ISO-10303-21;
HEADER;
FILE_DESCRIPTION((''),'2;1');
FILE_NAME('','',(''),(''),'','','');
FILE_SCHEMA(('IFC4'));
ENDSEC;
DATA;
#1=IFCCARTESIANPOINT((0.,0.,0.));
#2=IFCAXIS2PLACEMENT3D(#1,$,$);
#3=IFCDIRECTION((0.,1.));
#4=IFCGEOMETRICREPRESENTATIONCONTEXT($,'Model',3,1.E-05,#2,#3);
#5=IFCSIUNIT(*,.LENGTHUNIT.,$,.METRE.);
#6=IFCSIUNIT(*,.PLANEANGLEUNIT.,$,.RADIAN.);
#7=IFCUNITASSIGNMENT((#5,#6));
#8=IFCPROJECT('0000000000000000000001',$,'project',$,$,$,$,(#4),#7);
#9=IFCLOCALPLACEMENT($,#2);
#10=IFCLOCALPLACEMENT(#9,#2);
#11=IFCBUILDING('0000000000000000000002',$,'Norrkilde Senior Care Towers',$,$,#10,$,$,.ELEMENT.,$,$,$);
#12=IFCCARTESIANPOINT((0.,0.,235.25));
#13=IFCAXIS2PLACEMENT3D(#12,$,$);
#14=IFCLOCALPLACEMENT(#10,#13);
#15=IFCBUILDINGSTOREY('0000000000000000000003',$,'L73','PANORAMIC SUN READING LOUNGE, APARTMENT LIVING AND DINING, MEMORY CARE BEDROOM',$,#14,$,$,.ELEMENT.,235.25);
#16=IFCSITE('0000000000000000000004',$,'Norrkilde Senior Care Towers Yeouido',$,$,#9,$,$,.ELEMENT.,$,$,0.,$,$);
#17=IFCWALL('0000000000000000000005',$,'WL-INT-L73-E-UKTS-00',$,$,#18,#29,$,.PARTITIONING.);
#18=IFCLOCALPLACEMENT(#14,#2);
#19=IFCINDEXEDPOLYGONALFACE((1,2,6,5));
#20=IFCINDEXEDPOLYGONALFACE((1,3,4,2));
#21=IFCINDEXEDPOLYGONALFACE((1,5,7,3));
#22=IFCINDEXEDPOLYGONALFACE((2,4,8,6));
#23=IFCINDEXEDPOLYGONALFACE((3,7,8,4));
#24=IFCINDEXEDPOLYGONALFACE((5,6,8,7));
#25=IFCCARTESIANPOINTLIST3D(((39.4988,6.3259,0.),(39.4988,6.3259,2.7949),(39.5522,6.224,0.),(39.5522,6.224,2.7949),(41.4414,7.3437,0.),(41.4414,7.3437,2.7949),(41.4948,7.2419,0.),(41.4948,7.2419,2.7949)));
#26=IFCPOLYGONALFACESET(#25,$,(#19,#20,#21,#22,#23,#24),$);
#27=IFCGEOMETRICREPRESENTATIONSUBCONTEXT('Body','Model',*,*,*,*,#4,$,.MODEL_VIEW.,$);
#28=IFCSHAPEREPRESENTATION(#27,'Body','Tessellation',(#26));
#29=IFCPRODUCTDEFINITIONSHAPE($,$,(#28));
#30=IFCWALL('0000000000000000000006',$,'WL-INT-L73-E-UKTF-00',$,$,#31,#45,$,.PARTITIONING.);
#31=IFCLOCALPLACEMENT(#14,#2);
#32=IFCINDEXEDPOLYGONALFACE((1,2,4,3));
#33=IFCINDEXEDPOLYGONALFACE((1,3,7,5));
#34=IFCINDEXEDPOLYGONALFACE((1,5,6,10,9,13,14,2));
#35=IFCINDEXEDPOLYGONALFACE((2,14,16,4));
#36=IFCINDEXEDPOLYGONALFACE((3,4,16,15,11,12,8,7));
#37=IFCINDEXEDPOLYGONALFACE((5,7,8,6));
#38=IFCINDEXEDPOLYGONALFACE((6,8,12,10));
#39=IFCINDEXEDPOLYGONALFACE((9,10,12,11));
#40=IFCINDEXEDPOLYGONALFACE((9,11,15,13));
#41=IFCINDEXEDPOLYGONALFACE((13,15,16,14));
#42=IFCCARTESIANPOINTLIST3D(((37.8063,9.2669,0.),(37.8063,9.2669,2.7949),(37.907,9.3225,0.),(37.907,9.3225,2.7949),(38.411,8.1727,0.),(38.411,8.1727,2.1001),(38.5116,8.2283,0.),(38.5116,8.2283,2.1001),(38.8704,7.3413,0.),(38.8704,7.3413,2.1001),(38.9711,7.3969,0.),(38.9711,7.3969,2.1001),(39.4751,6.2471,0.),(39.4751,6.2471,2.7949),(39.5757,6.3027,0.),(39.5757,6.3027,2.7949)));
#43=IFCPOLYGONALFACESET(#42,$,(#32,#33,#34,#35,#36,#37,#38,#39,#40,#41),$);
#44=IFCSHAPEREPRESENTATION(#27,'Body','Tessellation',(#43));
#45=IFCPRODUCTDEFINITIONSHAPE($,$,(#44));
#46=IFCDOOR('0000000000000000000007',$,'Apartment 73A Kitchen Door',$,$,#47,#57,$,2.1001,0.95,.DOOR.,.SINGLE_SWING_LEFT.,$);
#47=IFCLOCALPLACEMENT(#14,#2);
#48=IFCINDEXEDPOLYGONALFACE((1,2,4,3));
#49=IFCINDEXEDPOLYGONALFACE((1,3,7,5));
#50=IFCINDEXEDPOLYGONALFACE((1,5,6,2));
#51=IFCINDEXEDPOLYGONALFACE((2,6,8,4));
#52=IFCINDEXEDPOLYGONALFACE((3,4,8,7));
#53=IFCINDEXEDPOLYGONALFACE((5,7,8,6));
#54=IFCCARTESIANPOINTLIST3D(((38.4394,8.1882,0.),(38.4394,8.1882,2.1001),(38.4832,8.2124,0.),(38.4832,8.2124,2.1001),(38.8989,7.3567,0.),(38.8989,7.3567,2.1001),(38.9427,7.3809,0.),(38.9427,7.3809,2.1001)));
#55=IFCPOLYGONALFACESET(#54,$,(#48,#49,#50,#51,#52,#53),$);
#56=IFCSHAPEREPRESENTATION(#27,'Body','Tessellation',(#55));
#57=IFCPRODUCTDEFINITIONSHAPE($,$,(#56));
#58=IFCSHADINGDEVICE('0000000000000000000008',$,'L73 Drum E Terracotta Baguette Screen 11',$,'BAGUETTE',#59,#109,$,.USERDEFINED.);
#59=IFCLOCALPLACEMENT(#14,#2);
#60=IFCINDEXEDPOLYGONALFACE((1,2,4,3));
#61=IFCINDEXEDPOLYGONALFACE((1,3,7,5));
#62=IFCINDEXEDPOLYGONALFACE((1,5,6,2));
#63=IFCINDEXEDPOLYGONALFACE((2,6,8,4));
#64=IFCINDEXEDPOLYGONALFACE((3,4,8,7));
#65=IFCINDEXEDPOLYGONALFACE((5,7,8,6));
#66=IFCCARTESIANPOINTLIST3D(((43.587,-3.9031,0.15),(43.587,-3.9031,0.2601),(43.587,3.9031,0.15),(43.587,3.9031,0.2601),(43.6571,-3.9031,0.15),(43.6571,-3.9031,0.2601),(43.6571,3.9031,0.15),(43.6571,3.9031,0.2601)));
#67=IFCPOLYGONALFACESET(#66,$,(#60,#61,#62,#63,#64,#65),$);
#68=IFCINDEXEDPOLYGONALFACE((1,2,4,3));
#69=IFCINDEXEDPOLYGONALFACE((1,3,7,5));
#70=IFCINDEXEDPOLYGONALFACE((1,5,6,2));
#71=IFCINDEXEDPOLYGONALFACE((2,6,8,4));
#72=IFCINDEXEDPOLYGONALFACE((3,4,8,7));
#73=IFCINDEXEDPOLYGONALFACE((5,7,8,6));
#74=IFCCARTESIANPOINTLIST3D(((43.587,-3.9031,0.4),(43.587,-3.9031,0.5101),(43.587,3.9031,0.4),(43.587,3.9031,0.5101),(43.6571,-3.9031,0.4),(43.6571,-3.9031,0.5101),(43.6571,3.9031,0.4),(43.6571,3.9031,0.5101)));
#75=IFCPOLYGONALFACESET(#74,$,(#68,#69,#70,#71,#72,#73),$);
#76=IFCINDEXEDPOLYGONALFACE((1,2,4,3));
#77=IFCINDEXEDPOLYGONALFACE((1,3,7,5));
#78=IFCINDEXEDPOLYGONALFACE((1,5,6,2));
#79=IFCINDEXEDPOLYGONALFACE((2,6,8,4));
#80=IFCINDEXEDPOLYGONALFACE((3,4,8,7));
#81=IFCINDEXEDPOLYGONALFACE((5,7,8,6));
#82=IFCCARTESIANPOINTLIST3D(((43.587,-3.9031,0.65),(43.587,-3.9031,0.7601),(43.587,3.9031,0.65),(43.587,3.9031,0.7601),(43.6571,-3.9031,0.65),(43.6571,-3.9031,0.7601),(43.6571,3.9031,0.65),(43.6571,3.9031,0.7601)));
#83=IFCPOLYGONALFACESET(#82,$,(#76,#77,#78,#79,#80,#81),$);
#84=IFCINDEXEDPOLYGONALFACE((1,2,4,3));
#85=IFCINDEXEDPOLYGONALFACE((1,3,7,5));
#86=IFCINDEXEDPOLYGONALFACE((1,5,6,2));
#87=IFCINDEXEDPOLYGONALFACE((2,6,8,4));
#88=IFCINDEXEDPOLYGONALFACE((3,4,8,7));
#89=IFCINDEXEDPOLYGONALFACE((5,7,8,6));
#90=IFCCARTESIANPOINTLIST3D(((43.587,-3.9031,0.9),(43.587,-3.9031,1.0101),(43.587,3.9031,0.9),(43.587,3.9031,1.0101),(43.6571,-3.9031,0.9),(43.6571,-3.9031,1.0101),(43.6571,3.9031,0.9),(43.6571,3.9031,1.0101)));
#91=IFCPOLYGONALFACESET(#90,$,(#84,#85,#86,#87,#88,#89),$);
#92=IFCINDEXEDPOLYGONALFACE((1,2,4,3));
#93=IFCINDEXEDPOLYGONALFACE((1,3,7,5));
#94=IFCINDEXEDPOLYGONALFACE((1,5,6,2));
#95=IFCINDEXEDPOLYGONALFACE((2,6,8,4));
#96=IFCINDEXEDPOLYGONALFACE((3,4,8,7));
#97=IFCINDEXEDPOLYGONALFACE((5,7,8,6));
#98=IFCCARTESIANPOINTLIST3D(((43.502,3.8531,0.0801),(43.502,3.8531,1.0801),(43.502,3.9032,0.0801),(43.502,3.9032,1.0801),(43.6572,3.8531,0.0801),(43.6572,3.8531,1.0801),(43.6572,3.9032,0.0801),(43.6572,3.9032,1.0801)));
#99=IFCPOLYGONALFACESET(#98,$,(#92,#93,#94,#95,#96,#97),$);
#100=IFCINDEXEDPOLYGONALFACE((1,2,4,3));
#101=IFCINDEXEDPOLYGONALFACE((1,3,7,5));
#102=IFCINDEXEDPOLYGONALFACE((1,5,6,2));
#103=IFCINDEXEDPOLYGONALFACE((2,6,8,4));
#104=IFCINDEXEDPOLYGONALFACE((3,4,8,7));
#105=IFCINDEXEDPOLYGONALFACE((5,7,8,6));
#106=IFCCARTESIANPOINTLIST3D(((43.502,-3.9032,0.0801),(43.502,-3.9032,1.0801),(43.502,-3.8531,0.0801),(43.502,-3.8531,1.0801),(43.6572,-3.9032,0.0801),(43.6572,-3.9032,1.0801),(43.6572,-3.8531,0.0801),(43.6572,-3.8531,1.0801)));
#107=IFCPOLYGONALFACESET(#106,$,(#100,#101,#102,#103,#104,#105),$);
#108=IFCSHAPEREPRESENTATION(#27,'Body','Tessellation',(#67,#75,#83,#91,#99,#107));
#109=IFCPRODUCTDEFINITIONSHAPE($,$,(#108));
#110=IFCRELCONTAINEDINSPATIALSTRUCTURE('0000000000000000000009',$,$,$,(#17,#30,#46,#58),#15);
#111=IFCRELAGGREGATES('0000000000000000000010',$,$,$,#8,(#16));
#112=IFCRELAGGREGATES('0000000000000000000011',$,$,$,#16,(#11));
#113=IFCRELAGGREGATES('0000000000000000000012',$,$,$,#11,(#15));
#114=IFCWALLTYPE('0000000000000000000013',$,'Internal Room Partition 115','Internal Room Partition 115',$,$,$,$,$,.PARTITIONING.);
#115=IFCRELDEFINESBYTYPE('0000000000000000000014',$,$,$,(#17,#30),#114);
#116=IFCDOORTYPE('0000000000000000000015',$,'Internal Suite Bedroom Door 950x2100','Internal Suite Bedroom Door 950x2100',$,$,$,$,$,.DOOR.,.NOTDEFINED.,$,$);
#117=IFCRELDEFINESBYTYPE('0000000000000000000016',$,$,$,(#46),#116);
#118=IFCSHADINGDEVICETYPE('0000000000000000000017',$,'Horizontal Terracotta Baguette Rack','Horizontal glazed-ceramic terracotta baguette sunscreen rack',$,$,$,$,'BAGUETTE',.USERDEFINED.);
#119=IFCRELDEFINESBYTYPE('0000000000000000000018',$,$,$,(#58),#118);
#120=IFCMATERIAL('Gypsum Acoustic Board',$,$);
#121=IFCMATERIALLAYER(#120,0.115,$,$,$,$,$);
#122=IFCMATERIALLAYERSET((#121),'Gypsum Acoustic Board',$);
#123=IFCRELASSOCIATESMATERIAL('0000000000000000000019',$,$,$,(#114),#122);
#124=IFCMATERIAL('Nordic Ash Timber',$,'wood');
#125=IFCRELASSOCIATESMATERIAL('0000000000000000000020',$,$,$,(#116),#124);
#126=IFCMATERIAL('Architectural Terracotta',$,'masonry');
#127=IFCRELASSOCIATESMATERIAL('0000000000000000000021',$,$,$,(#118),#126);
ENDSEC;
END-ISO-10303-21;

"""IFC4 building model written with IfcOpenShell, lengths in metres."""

from ifc_helpers import new_model, si_unit, direction, frame, frame_2d, origin, origin_2d, place, context, subcontext, project, spatial, rectangle, extrude, source, transform, mapped, material, layer, layer_set, type_object, type_shapes, element, fill, save


model = new_model("IFC4")

# Units and contexts
model_context = context("Model", 3, precision=1e-05, world=origin(), true_north=direction((0.0, 1.0)))
body_context = subcontext(model_context, "Body", "Model", "MODEL_VIEW")
ifc_project = project(units=[si_unit("LENGTHUNIT", "METRE"), si_unit("PLANEANGLEUNIT", "RADIAN")], contexts=[model_context])

# Site, building, storey
site_placement = place(None, origin())
site = spatial("IfcSite", under=ifc_project, at=site_placement, Name="Norrkilde Senior Care Towers Yeouido", CompositionType="ELEMENT", RefElevation=0.0)
building_placement = place(site_placement, origin())
building = spatial("IfcBuilding", under=site, at=building_placement, Name="Norrkilde Senior Care Towers", CompositionType="ELEMENT")
storey_placement = place(building_placement, frame((0.0, 0.0, 235.25)))
storey = spatial("IfcBuildingStorey", under=building, at=storey_placement, Name="L73", Description="PANORAMIC SUN READING LOUNGE, APARTMENT LIVING AND DINING, MEMORY CARE BEDROOM", CompositionType="ELEMENT", Elevation=235.25)

# Shared definitions
ifc_material_1 = material(Name="Gypsum Acoustic Board")
ifc_layer_1 = layer(ifc_material_1, 0.115)
ifc_layer_set_1 = layer_set([ifc_layer_1], Name="Gypsum Acoustic Board")
wall_type_1 = type_object("IfcWallType", Name="Internal Room Partition 115", Description="Internal Room Partition 115", PredefinedType="PARTITIONING", material=ifc_layer_set_1)

# Shared definitions
ifc_material_2 = material(Name="Nordic Ash Timber", Category="wood")
door_type_1 = type_object("IfcDoorType", Name="Internal Suite Bedroom Door 950x2100", Description="Internal Suite Bedroom Door 950x2100", OperationType="NOTDEFINED", PredefinedType="DOOR", material=ifc_material_2)
shared_shape_1 = source(origin(), body_context, "Body", "SweptSolid", [
    extrude(rectangle(XDim=0.95, YDim=2.1001, at=frame_2d((0.4751, 1.05))), frame((0.0, 0.0249, 0.0), z_axis=(0.0, -1.0, 0.0), x_axis=(1.0, 0.0, 0.0)), (0.0, 0.0, 1.0), 0.05),
])
type_shapes(door_type_1, [shared_shape_1])

# Wall
shared_shape_2 = source(origin(), body_context, "Body", "SweptSolid", [
    extrude(rectangle(XDim=2.1931, YDim=0.115, at=frame_2d((1.0967, 0.0))), origin(), (0.0, 0.0, 1.0), 2.7949),
])
wall_1_placement = place(storey_placement, frame((39.5254, 6.2749, 0.0), z_axis=(0.0, 0.0, 1.0), x_axis=(0.885784, 0.464099, 0.0)))
element("IfcWall", 1, at=wall_1_placement, inside=storey, type_object=wall_type_1, Name="WL-INT-L73-E-UKTS-00", PredefinedType="PARTITIONING", context=body_context, shape_type="MappedRepresentation", body=[
    mapped(shared_shape_2, transform((0.0, 0.0, 0.0), x_axis=(1.0, 0.0, 0.0), y_axis=(0.0, 1.0, 0.0), z_axis=(0.0, 0.0, 1.0), scale=1.0)),
])

# Wall, opening, door
shared_shape_3 = source(origin(), body_context, "Body", "SweptSolid", [
    extrude(rectangle(XDim=3.4502, YDim=0.115, at=frame_2d((1.7251, 0.0))), origin(), (0.0, 0.0, 1.0), 2.7949),
])
wall_2_placement = place(storey_placement, frame((39.5254, 6.2749, 0.0), z_axis=(0.0, 0.0, 1.0), x_axis=(-0.483659, 0.875257, 0.0)))
wall_2 = element("IfcWall", 2, at=wall_2_placement, inside=storey, type_object=wall_type_1, Name="WL-INT-L73-E-UKTF-00", PredefinedType="PARTITIONING", context=body_context, shape_type="MappedRepresentation", body=[
    mapped(shared_shape_3, transform((0.0, 0.0, 0.0), x_axis=(1.0, 0.0, 0.0), y_axis=(0.0, 1.0, 0.0), z_axis=(0.0, 0.0, 1.0), scale=1.0)),
])
opening_1_placement = place(wall_2_placement, frame((1.25, 0.0, 0.0)))
opening_1 = element("IfcOpeningElement", 3, at=opening_1_placement, cuts=wall_2, PredefinedType="OPENING", context=body_context, shape_type="SweptSolid", body=[
    extrude(rectangle(XDim=0.95, YDim=2.1001, at=frame_2d((0.4751, 1.05))), frame((0.0, 0.0674, 0.0), z_axis=(0.0, -1.0, 0.0), x_axis=(1.0, 0.0, 0.0)), (0.0, 0.0, 1.0), 0.135),
])
door_1_placement = place(opening_1_placement, frame((0.95, 0.0, 0.0), z_axis=(0.0, 0.0, 1.0), x_axis=(-1.0, 0.0, 0.0)))
door_1 = element("IfcDoor", 4, at=door_1_placement, inside=storey, type_object=door_type_1, Name="Apartment 73A Kitchen Door", OperationType="SINGLE_SWING_LEFT", OverallHeight=2.1001, OverallWidth=0.95, PredefinedType="DOOR", context=body_context, shape_type="MappedRepresentation", body=[
    mapped(shared_shape_1, transform((0.0, 0.0, 0.0), x_axis=(1.0, 0.0, 0.0), y_axis=(0.0, 1.0, 0.0), z_axis=(0.0, 0.0, 1.0), scale=1.0)),
])
fill(opening_1, door_1)

# Shading device
ifc_material_3 = material(Name="Architectural Terracotta", Category="masonry")
shading_device_type = type_object("IfcShadingDeviceType", Name="Horizontal Terracotta Baguette Rack", Description="Horizontal glazed-ceramic terracotta baguette sunscreen rack", ElementType="BAGUETTE", PredefinedType="USERDEFINED", material=ifc_material_3)
shared_shape_4 = source(origin(), body_context, "Body", "SweptSolid", [
    extrude(rectangle(XDim=0.0701, YDim=0.1101, at=origin_2d()), frame((0.0, 0.0901, 0.125), z_axis=(1.0, 0.0, 0.0), x_axis=(0.0, 1.0, 0.0)), (0.0, 0.0, 1.0), 7.8062),
    extrude(rectangle(XDim=0.0701, YDim=0.1101, at=origin_2d()), frame((0.0, 0.0901, 0.375), z_axis=(1.0, 0.0, 0.0), x_axis=(0.0, 1.0, 0.0)), (0.0, 0.0, 1.0), 7.8062),
    extrude(rectangle(XDim=0.0701, YDim=0.1101, at=origin_2d()), frame((0.0, 0.0901, 0.625), z_axis=(1.0, 0.0, 0.0), x_axis=(0.0, 1.0, 0.0)), (0.0, 0.0, 1.0), 7.8062),
    extrude(rectangle(XDim=0.0701, YDim=0.1101, at=origin_2d()), frame((0.0, 0.0901, 0.875), z_axis=(1.0, 0.0, 0.0), x_axis=(0.0, 1.0, 0.0)), (0.0, 0.0, 1.0), 7.8062),
    extrude(rectangle(XDim=0.05, YDim=0.1553, at=origin_2d()), frame((0.0249, 0.0476, 0.0)), (0.0, 0.0, 1.0), 1.0),
    extrude(rectangle(XDim=0.05, YDim=0.1553, at=origin_2d()), frame((7.7812, 0.0476, 0.0)), (0.0, 0.0, 1.0), 1.0),
])
type_shapes(shading_device_type, [shared_shape_4])
shading_device_placement = place(storey_placement, frame((43.532, 3.9031, 0.0801), z_axis=(0.0, 0.0, 1.0), x_axis=(0.0, -1.0, 0.0)))
element("IfcShadingDevice", 5, at=shading_device_placement, inside=storey, type_object=shading_device_type, Name="L73 Drum E Terracotta Baguette Screen 11", ObjectType="BAGUETTE", PredefinedType="USERDEFINED", context=body_context, shape_type="MappedRepresentation", body=[
    mapped(shared_shape_4, transform((0.0, 0.0, 0.0), x_axis=(1.0, 0.0, 0.0), y_axis=(0.0, 1.0, 0.0), z_axis=(0.0, 0.0, 1.0), scale=1.0)),
])

save(model, "model.ifc")
